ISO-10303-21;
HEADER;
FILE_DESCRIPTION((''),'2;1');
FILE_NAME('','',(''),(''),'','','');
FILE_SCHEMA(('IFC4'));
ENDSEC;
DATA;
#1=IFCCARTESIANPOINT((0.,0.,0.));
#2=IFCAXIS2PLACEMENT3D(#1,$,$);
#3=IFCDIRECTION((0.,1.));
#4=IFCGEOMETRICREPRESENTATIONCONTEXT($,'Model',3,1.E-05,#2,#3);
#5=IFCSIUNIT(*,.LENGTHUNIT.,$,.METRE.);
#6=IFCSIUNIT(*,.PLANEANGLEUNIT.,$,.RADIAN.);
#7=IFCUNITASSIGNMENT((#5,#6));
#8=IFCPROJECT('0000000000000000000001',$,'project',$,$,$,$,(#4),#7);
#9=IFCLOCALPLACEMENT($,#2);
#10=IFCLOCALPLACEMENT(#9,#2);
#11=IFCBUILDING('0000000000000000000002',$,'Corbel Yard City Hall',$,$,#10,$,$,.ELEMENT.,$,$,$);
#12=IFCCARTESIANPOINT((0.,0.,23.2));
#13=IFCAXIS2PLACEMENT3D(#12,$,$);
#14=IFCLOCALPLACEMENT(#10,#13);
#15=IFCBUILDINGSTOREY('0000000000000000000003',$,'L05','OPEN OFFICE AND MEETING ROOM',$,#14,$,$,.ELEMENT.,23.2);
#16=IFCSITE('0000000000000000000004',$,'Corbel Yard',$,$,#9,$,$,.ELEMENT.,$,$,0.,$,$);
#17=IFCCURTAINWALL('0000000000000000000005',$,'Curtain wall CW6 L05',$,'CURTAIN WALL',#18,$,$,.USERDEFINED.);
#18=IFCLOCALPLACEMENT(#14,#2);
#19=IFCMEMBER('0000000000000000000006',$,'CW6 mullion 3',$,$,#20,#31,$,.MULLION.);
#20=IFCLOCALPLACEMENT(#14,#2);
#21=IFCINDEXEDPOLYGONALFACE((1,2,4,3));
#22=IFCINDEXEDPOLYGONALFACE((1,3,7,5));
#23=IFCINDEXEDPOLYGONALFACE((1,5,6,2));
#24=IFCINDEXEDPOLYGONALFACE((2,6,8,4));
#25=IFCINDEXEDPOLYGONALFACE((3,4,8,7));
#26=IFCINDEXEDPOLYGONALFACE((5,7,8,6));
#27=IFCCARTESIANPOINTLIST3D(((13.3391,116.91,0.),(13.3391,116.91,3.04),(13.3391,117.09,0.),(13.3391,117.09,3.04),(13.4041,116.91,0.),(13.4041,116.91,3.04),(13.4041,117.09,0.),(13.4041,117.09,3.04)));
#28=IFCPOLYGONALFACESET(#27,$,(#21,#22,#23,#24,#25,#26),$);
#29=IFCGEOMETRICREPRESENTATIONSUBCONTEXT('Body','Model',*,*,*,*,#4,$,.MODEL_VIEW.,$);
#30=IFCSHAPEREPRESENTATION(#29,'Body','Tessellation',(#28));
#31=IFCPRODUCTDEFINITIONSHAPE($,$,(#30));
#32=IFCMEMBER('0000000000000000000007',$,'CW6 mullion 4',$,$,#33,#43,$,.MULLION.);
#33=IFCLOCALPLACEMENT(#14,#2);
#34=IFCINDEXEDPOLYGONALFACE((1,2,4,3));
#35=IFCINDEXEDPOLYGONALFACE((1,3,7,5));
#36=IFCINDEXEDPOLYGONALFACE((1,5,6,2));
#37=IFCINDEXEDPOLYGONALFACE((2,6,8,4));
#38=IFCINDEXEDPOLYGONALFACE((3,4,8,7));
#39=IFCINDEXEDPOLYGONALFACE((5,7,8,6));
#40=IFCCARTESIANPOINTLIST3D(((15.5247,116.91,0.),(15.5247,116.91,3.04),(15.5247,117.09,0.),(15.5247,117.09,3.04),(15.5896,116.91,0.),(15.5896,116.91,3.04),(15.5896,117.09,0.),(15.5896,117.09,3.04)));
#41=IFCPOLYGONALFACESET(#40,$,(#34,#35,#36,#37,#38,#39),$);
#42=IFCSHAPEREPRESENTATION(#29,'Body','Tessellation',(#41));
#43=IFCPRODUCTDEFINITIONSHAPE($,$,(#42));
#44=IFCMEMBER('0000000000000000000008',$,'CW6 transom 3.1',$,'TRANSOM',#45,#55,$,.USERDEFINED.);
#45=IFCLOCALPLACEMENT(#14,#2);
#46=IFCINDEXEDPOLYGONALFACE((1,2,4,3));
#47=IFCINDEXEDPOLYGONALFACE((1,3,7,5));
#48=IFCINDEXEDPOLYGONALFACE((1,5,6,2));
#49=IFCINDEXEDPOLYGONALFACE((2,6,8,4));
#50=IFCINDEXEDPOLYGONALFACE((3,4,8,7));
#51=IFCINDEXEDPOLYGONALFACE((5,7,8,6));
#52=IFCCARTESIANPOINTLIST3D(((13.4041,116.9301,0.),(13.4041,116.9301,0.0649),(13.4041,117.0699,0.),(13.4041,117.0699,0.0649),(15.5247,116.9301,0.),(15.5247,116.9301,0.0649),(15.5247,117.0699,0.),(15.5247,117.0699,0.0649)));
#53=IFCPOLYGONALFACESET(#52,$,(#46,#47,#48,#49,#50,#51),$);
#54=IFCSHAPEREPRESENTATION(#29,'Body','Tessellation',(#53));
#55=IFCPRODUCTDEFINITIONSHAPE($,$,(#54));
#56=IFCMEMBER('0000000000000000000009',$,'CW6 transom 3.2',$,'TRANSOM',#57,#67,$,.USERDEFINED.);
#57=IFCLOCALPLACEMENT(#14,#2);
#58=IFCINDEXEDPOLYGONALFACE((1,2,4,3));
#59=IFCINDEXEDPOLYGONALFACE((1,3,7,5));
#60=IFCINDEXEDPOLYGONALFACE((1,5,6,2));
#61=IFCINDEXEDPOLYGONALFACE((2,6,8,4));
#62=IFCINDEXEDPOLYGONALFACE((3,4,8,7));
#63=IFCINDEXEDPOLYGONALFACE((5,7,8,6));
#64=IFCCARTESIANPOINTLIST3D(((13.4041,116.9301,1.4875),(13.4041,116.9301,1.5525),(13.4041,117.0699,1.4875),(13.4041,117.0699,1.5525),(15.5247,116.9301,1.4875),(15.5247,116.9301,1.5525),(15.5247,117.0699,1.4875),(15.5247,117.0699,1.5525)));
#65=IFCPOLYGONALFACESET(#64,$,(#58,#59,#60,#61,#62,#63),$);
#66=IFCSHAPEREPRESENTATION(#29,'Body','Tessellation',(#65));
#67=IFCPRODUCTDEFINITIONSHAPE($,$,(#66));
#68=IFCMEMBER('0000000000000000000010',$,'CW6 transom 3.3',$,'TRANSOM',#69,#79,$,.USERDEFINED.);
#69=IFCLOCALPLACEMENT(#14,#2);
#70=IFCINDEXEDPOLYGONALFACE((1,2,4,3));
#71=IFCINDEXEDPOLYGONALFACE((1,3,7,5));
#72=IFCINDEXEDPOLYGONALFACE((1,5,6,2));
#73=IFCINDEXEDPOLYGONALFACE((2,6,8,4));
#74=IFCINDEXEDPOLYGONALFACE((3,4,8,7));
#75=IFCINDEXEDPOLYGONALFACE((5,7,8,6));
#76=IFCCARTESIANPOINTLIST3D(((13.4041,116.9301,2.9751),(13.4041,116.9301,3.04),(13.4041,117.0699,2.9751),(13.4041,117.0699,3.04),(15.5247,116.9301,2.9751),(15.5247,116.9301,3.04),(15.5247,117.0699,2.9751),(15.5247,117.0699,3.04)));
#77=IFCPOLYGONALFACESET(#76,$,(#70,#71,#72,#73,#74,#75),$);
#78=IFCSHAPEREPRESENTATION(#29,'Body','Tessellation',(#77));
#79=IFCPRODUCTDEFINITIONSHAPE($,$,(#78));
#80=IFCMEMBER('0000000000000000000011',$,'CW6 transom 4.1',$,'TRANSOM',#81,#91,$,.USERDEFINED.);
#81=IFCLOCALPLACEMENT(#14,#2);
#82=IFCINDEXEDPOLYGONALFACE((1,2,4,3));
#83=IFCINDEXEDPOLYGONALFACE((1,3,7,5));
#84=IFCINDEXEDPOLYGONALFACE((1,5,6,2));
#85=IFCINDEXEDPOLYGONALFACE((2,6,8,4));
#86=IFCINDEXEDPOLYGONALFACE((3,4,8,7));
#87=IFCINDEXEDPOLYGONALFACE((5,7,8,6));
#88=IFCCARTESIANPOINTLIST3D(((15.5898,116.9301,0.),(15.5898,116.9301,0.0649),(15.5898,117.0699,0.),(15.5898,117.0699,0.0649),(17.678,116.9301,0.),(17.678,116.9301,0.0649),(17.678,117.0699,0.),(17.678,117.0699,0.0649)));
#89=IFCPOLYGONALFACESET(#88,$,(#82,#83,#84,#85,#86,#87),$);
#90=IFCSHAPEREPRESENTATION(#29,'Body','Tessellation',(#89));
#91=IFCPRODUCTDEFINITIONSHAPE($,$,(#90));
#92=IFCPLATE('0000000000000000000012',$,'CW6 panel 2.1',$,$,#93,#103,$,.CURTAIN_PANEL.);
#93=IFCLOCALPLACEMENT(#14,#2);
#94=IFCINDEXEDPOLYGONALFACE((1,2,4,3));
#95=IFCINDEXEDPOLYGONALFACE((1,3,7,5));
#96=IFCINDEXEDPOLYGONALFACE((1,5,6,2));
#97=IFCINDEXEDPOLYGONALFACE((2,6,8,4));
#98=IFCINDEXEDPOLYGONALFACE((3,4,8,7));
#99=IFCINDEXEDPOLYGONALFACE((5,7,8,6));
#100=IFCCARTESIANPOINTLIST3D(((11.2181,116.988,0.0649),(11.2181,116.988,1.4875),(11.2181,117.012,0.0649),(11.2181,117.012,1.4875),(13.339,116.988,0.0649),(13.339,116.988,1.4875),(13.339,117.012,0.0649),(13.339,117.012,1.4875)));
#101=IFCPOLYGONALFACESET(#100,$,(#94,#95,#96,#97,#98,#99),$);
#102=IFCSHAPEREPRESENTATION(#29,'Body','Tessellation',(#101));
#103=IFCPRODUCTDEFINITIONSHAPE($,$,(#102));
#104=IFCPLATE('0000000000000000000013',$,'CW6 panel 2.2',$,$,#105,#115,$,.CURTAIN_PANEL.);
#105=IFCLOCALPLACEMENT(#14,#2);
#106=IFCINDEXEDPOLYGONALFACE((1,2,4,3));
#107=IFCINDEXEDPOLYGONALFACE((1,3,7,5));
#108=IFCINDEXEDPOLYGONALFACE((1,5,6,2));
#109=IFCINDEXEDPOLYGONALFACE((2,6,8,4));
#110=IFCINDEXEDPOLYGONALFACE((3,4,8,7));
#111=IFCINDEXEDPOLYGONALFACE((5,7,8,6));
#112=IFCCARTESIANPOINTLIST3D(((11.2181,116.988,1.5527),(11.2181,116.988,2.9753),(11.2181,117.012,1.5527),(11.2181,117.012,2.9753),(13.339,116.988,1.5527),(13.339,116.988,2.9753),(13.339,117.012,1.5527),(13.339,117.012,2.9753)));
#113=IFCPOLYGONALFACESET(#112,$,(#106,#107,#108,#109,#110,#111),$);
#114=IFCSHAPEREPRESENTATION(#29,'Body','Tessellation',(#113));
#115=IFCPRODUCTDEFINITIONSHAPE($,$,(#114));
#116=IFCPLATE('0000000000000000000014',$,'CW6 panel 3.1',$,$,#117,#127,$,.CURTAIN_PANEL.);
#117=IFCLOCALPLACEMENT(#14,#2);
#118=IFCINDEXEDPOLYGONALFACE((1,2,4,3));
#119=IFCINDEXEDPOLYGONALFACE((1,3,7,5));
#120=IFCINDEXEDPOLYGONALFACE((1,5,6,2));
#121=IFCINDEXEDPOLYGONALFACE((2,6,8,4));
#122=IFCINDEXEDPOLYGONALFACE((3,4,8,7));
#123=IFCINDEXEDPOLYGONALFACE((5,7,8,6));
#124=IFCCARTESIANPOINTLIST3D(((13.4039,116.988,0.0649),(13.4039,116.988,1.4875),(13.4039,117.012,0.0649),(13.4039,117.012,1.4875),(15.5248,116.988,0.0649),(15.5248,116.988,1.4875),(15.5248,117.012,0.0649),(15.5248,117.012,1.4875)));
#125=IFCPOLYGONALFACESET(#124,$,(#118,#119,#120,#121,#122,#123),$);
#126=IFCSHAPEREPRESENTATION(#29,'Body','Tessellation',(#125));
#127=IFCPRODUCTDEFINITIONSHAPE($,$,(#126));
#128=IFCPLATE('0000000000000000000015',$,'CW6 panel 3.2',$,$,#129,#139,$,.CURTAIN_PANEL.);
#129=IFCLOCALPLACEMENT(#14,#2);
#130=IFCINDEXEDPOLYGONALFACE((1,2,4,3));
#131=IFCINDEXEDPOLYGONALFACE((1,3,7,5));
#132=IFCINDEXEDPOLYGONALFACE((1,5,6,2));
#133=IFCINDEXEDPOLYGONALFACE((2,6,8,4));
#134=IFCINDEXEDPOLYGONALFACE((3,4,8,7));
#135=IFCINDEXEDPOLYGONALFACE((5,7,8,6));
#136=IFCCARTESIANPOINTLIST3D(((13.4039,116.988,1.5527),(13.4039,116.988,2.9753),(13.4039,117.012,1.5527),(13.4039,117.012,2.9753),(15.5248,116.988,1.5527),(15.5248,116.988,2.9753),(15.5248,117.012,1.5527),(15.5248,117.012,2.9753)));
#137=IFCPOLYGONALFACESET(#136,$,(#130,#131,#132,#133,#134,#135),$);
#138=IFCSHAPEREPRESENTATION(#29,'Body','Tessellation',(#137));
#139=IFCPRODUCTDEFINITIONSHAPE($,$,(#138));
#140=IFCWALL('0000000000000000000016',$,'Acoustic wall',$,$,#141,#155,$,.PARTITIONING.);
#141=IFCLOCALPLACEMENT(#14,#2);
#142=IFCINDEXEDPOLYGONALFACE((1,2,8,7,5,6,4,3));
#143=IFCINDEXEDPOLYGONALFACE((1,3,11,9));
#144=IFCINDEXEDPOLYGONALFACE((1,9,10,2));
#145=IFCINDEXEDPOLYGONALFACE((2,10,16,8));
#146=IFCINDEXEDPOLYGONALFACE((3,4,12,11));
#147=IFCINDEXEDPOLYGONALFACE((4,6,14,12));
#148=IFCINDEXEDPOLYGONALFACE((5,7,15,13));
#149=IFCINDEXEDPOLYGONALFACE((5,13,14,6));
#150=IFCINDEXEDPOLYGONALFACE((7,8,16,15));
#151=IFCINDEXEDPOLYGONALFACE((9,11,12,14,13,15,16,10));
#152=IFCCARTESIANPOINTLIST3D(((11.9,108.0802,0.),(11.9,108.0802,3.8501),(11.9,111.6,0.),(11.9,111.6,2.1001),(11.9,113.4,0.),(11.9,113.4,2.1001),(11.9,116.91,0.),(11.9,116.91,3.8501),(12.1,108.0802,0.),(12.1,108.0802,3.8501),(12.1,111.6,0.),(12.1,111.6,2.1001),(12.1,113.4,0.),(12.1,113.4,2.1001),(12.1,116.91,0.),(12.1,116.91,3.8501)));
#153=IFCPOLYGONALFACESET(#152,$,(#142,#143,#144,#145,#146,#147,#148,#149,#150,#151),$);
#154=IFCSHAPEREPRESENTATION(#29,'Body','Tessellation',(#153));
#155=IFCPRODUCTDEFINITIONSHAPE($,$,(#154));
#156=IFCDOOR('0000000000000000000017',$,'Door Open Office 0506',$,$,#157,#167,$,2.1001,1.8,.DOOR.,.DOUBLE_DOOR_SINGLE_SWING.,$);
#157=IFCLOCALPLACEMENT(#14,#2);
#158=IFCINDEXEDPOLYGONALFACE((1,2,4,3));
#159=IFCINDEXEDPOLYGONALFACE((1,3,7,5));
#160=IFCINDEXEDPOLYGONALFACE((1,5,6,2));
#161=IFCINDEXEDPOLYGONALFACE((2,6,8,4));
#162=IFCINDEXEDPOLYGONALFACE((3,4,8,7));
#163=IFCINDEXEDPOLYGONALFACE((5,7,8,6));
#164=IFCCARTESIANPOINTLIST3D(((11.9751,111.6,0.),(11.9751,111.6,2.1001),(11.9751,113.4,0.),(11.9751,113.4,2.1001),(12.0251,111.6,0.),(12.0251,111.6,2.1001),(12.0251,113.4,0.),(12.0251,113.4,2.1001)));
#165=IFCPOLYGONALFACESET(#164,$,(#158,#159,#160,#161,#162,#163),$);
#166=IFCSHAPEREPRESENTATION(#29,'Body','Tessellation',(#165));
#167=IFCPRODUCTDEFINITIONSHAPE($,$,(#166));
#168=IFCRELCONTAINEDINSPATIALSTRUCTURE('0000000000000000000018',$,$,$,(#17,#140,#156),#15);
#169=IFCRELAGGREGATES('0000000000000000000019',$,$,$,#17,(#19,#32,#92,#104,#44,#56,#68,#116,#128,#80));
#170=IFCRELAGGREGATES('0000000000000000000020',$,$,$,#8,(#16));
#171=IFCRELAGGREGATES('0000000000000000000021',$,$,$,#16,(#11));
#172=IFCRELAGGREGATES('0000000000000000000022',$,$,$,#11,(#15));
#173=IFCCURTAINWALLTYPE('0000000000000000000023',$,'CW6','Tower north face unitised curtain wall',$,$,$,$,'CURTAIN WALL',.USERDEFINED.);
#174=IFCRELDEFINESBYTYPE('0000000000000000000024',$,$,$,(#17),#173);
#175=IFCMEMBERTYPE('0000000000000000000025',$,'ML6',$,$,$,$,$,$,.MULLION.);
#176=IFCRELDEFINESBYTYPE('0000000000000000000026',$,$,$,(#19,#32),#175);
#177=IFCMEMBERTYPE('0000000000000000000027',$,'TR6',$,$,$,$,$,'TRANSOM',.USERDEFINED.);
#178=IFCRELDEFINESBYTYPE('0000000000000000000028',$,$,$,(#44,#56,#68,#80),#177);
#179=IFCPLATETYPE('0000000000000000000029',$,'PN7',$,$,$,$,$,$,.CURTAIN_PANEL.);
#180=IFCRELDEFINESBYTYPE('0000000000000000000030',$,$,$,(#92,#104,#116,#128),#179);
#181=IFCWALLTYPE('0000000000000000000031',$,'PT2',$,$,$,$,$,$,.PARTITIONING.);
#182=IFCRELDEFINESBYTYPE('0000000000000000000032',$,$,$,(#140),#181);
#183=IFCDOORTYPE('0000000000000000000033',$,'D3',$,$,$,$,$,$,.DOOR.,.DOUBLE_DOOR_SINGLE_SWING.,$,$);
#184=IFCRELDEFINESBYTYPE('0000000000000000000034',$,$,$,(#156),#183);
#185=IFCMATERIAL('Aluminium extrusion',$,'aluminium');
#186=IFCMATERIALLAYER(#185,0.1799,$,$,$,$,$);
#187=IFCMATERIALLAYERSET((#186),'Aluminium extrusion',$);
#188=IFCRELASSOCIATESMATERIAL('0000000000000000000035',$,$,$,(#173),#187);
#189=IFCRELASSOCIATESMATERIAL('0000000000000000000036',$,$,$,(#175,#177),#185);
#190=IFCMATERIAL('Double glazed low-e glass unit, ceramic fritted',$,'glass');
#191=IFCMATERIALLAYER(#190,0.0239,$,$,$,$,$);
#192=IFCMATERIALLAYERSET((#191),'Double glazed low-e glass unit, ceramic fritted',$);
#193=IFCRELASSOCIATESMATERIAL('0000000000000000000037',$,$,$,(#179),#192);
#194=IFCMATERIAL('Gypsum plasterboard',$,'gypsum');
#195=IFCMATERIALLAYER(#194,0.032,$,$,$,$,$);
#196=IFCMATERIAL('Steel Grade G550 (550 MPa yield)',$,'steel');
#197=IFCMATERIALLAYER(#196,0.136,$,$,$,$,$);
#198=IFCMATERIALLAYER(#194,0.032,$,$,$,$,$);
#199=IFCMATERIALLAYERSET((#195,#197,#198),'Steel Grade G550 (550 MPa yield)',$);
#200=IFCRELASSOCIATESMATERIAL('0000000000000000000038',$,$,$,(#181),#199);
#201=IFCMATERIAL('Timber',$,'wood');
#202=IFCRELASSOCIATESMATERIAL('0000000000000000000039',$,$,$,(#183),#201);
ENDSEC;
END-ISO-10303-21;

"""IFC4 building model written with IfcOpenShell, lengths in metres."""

from ifc_helpers import new_model, si_unit, direction, frame, frame_2d, origin, origin_2d, place, context, subcontext, project, spatial, rectangle, extrude, material, layer, layer_set, material_profile, profile_set, type_object, element, fill, aggregate, save


model = new_model("IFC4")

# Units and contexts
model_context = context("Model", 3, precision=1e-05, world=origin(), true_north=direction((0.0, 1.0)))
body_context = subcontext(model_context, "Body", "Model", "MODEL_VIEW")
ifc_project = project(units=[si_unit("LENGTHUNIT", "METRE"), si_unit("PLANEANGLEUNIT", "RADIAN")], contexts=[model_context])

# Site, building, storey
site_placement = place(None, origin())
site = spatial("IfcSite", under=ifc_project, at=site_placement, Name="Corbel Yard", CompositionType="ELEMENT", RefElevation=0.0)
building_placement = place(site_placement, origin())
building = spatial("IfcBuilding", under=site, at=building_placement, Name="Corbel Yard City Hall", CompositionType="ELEMENT")
storey_placement = place(building_placement, frame((0.0, 0.0, 23.2)))
storey = spatial("IfcBuildingStorey", under=building, at=storey_placement, Name="L05", Description="OPEN OFFICE AND MEETING ROOM", CompositionType="ELEMENT", Elevation=23.2)

# Curtain wall, members, plates
ifc_material_1 = material(Name="Aluminium extrusion", Category="aluminium")
ifc_layer_1 = layer(ifc_material_1, 0.1799)
ifc_layer_set_1 = layer_set([ifc_layer_1], Name="Aluminium extrusion")
curtain_wall_type = type_object("IfcCurtainWallType", Name="CW6", Description="Tower north face unitised curtain wall", ElementType="CURTAIN WALL", PredefinedType="USERDEFINED", material=ifc_layer_set_1)
curtain_wall_placement = place(storey_placement, origin())
curtain_wall = element("IfcCurtainWall", 1, at=curtain_wall_placement, inside=storey, type_object=curtain_wall_type, Name="Curtain wall CW6 L05", ObjectType="CURTAIN WALL", PredefinedType="USERDEFINED")
ifc_material_profile_1 = material_profile(ifc_material_1, rectangle(XDim=0.1799, YDim=0.0649, at=origin_2d()), Name="180x65")
ifc_profile_set_1 = profile_set([ifc_material_profile_1], Name="Aluminium extrusion")
member_type_1 = type_object("IfcMemberType", Name="ML6", PredefinedType="MULLION", material=ifc_profile_set_1)
member_1_placement = place(storey_placement, frame((13.3716, 117.0, 0.0), z_axis=(0.0, 0.0, 1.0), x_axis=(0.0, 1.0, 0.0)))
member_1 = element("IfcMember", 2, at=member_1_placement, type_object=member_type_1, Name="CW6 mullion 3", PredefinedType="MULLION", context=body_context, shape_type="SweptSolid", body=[
    extrude(rectangle(XDim=0.1799, YDim=0.0649, at=origin_2d()), origin(), (0.0, 0.0, 1.0), 3.04),
])
member_2_placement = place(storey_placement, frame((15.5571, 117.0, 0.0), z_axis=(0.0, 0.0, 1.0), x_axis=(0.0, 1.0, 0.0)))
member_2 = element("IfcMember", 3, at=member_2_placement, type_object=member_type_1, Name="CW6 mullion 4", PredefinedType="MULLION", context=body_context, shape_type="SweptSolid", body=[
    extrude(rectangle(XDim=0.1799, YDim=0.0649, at=origin_2d()), origin(), (0.0, 0.0, 1.0), 3.04),
])
ifc_material_profile_2 = material_profile(ifc_material_1, rectangle(XDim=0.1399, YDim=0.0649, at=origin_2d()), Name="140x65")
ifc_profile_set_2 = profile_set([ifc_material_profile_2], Name="Aluminium extrusion")
member_type_2 = type_object("IfcMemberType", Name="TR6", ElementType="TRANSOM", PredefinedType="USERDEFINED", material=ifc_profile_set_2)
member_3_placement = place(storey_placement, frame((13.4041, 117.0, 0.0325), z_axis=(1.0, 0.0, 0.0), x_axis=(0.0, 1.0, 0.0)))
member_3 = element("IfcMember", 4, at=member_3_placement, type_object=member_type_2, Name="CW6 transom 3.1", ObjectType="TRANSOM", PredefinedType="USERDEFINED", context=body_context, shape_type="SweptSolid", body=[
    extrude(rectangle(XDim=0.1399, YDim=0.0649, at=origin_2d()), origin(), (0.0, 0.0, 1.0), 2.1206),
])
member_4_placement = place(storey_placement, frame((13.4041, 117.0, 1.52), z_axis=(1.0, 0.0, 0.0), x_axis=(0.0, 1.0, 0.0)))
member_4 = element("IfcMember", 5, at=member_4_placement, type_object=member_type_2, Name="CW6 transom 3.2", ObjectType="TRANSOM", PredefinedType="USERDEFINED", context=body_context, shape_type="SweptSolid", body=[
    extrude(rectangle(XDim=0.1399, YDim=0.0649, at=origin_2d()), origin(), (0.0, 0.0, 1.0), 2.1206),
])
member_5_placement = place(storey_placement, frame((13.4041, 117.0, 3.0076), z_axis=(1.0, 0.0, 0.0), x_axis=(0.0, 1.0, 0.0)))
member_5 = element("IfcMember", 6, at=member_5_placement, type_object=member_type_2, Name="CW6 transom 3.3", ObjectType="TRANSOM", PredefinedType="USERDEFINED", context=body_context, shape_type="SweptSolid", body=[
    extrude(rectangle(XDim=0.1399, YDim=0.0649, at=origin_2d()), origin(), (0.0, 0.0, 1.0), 2.1206),
])
member_6_placement = place(storey_placement, frame((15.5898, 117.0, 0.0325), z_axis=(1.0, 0.0, 0.0), x_axis=(0.0, 1.0, 0.0)))
member_6 = element("IfcMember", 7, at=member_6_placement, type_object=member_type_2, Name="CW6 transom 4.1", ObjectType="TRANSOM", PredefinedType="USERDEFINED", context=body_context, shape_type="SweptSolid", body=[
    extrude(rectangle(XDim=0.1399, YDim=0.0649, at=origin_2d()), origin(), (0.0, 0.0, 1.0), 2.0881),
])
ifc_material_2 = material(Name="Double glazed low-e glass unit, ceramic fritted", Category="glass")
ifc_layer_2 = layer(ifc_material_2, 0.0239)
ifc_layer_set_2 = layer_set([ifc_layer_2], Name="Double glazed low-e glass unit, ceramic fritted")
plate_type = type_object("IfcPlateType", Name="PN7", PredefinedType="CURTAIN_PANEL", material=ifc_layer_set_2)
plate_1_placement = place(storey_placement, frame((12.2786, 117.0, 0.0649), z_axis=(0.0, 0.0, 1.0), x_axis=(1.0, 0.0, 0.0)))
plate_1 = element("IfcPlate", 8, at=plate_1_placement, type_object=plate_type, Name="CW6 panel 2.1", PredefinedType="CURTAIN_PANEL", context=body_context, shape_type="SweptSolid", body=[
    extrude(rectangle(XDim=2.1208, YDim=0.0239, at=origin_2d()), origin(), (0.0, 0.0, 1.0), 1.4226),
])
plate_2_placement = place(storey_placement, frame((12.2786, 117.0, 1.5527), z_axis=(0.0, 0.0, 1.0), x_axis=(1.0, 0.0, 0.0)))
plate_2 = element("IfcPlate", 9, at=plate_2_placement, type_object=plate_type, Name="CW6 panel 2.2", PredefinedType="CURTAIN_PANEL", context=body_context, shape_type="SweptSolid", body=[
    extrude(rectangle(XDim=2.1208, YDim=0.0239, at=origin_2d()), origin(), (0.0, 0.0, 1.0), 1.4226),
])
plate_3_placement = place(storey_placement, frame((14.4644, 117.0, 0.0649), z_axis=(0.0, 0.0, 1.0), x_axis=(1.0, 0.0, 0.0)))
plate_3 = element("IfcPlate", 10, at=plate_3_placement, type_object=plate_type, Name="CW6 panel 3.1", PredefinedType="CURTAIN_PANEL", context=body_context, shape_type="SweptSolid", body=[
    extrude(rectangle(XDim=2.1208, YDim=0.0239, at=origin_2d()), origin(), (0.0, 0.0, 1.0), 1.4226),
])
plate_4_placement = place(storey_placement, frame((14.4644, 117.0, 1.5527), z_axis=(0.0, 0.0, 1.0), x_axis=(1.0, 0.0, 0.0)))
plate_4 = element("IfcPlate", 11, at=plate_4_placement, type_object=plate_type, Name="CW6 panel 3.2", PredefinedType="CURTAIN_PANEL", context=body_context, shape_type="SweptSolid", body=[
    extrude(rectangle(XDim=2.1208, YDim=0.0239, at=origin_2d()), origin(), (0.0, 0.0, 1.0), 1.4226),
])
aggregate(curtain_wall, [member_1, member_2, plate_1, plate_2, member_3, member_4, member_5, plate_3, plate_4, member_6])

# Wall, opening, door
ifc_material_3 = material(Name="Gypsum plasterboard", Category="gypsum")
ifc_layer_3 = layer(ifc_material_3, 0.032)
ifc_material_4 = material(Name="Steel Grade G550 (550 MPa yield)", Category="steel")
ifc_layer_4 = layer(ifc_material_4, 0.136)
ifc_layer_5 = layer(ifc_material_3, 0.032)
ifc_layer_set_3 = layer_set([ifc_layer_3, ifc_layer_4, ifc_layer_5], Name="Steel Grade G550 (550 MPa yield)")
wall_type_1 = type_object("IfcWallType", Name="PT2", PredefinedType="PARTITIONING", material=ifc_layer_set_3)
wall_1_placement = place(storey_placement, frame((12.0, 108.0801, 0.0), z_axis=(0.0, 0.0, 1.0), x_axis=(0.0, 1.0, 0.0)))
wall_1 = element("IfcWall", 12, at=wall_1_placement, inside=storey, type_object=wall_type_1, Name="Acoustic wall", PredefinedType="PARTITIONING", context=body_context, shape_type="SweptSolid", body=[
    extrude(rectangle(XDim=8.8298, YDim=0.2, at=frame_2d((4.415, 0.0))), origin(), (0.0, 0.0, 1.0), 3.8501),
])
opening_1_placement = place(wall_1_placement, frame((3.52, 0.0, 0.0)))
opening_1 = element("IfcOpeningElement", 13, at=opening_1_placement, cuts=wall_1, PredefinedType="OPENING", context=body_context, shape_type="SweptSolid", body=[
    extrude(rectangle(XDim=1.8, YDim=2.1001, at=frame_2d((0.8999, 1.05))), frame((0.0, 0.1099, 0.0), z_axis=(0.0, -1.0, 0.0), x_axis=(1.0, 0.0, 0.0)), (0.0, 0.0, 1.0), 0.22),
])
ifc_material_5 = material(Name="Timber", Category="wood")
door_type_1 = type_object("IfcDoorType", Name="D3", OperationType="DOUBLE_DOOR_SINGLE_SWING", PredefinedType="DOOR", material=ifc_material_5)
door_1_placement = place(opening_1_placement, origin())
door_1 = element("IfcDoor", 14, at=door_1_placement, inside=storey, type_object=door_type_1, Name="Door Open Office 0506", OperationType="DOUBLE_DOOR_SINGLE_SWING", OverallHeight=2.1001, OverallWidth=1.8, PredefinedType="DOOR", context=body_context, shape_type="SweptSolid", body=[
    extrude(rectangle(XDim=1.8, YDim=2.1001, at=frame_2d((0.8999, 1.05))), frame((0.0, 0.0249, 0.0), z_axis=(0.0, -1.0, 0.0), x_axis=(1.0, 0.0, 0.0)), (0.0, 0.0, 1.0), 0.05),
])
fill(opening_1, door_1)

save(model, "model.ifc")
